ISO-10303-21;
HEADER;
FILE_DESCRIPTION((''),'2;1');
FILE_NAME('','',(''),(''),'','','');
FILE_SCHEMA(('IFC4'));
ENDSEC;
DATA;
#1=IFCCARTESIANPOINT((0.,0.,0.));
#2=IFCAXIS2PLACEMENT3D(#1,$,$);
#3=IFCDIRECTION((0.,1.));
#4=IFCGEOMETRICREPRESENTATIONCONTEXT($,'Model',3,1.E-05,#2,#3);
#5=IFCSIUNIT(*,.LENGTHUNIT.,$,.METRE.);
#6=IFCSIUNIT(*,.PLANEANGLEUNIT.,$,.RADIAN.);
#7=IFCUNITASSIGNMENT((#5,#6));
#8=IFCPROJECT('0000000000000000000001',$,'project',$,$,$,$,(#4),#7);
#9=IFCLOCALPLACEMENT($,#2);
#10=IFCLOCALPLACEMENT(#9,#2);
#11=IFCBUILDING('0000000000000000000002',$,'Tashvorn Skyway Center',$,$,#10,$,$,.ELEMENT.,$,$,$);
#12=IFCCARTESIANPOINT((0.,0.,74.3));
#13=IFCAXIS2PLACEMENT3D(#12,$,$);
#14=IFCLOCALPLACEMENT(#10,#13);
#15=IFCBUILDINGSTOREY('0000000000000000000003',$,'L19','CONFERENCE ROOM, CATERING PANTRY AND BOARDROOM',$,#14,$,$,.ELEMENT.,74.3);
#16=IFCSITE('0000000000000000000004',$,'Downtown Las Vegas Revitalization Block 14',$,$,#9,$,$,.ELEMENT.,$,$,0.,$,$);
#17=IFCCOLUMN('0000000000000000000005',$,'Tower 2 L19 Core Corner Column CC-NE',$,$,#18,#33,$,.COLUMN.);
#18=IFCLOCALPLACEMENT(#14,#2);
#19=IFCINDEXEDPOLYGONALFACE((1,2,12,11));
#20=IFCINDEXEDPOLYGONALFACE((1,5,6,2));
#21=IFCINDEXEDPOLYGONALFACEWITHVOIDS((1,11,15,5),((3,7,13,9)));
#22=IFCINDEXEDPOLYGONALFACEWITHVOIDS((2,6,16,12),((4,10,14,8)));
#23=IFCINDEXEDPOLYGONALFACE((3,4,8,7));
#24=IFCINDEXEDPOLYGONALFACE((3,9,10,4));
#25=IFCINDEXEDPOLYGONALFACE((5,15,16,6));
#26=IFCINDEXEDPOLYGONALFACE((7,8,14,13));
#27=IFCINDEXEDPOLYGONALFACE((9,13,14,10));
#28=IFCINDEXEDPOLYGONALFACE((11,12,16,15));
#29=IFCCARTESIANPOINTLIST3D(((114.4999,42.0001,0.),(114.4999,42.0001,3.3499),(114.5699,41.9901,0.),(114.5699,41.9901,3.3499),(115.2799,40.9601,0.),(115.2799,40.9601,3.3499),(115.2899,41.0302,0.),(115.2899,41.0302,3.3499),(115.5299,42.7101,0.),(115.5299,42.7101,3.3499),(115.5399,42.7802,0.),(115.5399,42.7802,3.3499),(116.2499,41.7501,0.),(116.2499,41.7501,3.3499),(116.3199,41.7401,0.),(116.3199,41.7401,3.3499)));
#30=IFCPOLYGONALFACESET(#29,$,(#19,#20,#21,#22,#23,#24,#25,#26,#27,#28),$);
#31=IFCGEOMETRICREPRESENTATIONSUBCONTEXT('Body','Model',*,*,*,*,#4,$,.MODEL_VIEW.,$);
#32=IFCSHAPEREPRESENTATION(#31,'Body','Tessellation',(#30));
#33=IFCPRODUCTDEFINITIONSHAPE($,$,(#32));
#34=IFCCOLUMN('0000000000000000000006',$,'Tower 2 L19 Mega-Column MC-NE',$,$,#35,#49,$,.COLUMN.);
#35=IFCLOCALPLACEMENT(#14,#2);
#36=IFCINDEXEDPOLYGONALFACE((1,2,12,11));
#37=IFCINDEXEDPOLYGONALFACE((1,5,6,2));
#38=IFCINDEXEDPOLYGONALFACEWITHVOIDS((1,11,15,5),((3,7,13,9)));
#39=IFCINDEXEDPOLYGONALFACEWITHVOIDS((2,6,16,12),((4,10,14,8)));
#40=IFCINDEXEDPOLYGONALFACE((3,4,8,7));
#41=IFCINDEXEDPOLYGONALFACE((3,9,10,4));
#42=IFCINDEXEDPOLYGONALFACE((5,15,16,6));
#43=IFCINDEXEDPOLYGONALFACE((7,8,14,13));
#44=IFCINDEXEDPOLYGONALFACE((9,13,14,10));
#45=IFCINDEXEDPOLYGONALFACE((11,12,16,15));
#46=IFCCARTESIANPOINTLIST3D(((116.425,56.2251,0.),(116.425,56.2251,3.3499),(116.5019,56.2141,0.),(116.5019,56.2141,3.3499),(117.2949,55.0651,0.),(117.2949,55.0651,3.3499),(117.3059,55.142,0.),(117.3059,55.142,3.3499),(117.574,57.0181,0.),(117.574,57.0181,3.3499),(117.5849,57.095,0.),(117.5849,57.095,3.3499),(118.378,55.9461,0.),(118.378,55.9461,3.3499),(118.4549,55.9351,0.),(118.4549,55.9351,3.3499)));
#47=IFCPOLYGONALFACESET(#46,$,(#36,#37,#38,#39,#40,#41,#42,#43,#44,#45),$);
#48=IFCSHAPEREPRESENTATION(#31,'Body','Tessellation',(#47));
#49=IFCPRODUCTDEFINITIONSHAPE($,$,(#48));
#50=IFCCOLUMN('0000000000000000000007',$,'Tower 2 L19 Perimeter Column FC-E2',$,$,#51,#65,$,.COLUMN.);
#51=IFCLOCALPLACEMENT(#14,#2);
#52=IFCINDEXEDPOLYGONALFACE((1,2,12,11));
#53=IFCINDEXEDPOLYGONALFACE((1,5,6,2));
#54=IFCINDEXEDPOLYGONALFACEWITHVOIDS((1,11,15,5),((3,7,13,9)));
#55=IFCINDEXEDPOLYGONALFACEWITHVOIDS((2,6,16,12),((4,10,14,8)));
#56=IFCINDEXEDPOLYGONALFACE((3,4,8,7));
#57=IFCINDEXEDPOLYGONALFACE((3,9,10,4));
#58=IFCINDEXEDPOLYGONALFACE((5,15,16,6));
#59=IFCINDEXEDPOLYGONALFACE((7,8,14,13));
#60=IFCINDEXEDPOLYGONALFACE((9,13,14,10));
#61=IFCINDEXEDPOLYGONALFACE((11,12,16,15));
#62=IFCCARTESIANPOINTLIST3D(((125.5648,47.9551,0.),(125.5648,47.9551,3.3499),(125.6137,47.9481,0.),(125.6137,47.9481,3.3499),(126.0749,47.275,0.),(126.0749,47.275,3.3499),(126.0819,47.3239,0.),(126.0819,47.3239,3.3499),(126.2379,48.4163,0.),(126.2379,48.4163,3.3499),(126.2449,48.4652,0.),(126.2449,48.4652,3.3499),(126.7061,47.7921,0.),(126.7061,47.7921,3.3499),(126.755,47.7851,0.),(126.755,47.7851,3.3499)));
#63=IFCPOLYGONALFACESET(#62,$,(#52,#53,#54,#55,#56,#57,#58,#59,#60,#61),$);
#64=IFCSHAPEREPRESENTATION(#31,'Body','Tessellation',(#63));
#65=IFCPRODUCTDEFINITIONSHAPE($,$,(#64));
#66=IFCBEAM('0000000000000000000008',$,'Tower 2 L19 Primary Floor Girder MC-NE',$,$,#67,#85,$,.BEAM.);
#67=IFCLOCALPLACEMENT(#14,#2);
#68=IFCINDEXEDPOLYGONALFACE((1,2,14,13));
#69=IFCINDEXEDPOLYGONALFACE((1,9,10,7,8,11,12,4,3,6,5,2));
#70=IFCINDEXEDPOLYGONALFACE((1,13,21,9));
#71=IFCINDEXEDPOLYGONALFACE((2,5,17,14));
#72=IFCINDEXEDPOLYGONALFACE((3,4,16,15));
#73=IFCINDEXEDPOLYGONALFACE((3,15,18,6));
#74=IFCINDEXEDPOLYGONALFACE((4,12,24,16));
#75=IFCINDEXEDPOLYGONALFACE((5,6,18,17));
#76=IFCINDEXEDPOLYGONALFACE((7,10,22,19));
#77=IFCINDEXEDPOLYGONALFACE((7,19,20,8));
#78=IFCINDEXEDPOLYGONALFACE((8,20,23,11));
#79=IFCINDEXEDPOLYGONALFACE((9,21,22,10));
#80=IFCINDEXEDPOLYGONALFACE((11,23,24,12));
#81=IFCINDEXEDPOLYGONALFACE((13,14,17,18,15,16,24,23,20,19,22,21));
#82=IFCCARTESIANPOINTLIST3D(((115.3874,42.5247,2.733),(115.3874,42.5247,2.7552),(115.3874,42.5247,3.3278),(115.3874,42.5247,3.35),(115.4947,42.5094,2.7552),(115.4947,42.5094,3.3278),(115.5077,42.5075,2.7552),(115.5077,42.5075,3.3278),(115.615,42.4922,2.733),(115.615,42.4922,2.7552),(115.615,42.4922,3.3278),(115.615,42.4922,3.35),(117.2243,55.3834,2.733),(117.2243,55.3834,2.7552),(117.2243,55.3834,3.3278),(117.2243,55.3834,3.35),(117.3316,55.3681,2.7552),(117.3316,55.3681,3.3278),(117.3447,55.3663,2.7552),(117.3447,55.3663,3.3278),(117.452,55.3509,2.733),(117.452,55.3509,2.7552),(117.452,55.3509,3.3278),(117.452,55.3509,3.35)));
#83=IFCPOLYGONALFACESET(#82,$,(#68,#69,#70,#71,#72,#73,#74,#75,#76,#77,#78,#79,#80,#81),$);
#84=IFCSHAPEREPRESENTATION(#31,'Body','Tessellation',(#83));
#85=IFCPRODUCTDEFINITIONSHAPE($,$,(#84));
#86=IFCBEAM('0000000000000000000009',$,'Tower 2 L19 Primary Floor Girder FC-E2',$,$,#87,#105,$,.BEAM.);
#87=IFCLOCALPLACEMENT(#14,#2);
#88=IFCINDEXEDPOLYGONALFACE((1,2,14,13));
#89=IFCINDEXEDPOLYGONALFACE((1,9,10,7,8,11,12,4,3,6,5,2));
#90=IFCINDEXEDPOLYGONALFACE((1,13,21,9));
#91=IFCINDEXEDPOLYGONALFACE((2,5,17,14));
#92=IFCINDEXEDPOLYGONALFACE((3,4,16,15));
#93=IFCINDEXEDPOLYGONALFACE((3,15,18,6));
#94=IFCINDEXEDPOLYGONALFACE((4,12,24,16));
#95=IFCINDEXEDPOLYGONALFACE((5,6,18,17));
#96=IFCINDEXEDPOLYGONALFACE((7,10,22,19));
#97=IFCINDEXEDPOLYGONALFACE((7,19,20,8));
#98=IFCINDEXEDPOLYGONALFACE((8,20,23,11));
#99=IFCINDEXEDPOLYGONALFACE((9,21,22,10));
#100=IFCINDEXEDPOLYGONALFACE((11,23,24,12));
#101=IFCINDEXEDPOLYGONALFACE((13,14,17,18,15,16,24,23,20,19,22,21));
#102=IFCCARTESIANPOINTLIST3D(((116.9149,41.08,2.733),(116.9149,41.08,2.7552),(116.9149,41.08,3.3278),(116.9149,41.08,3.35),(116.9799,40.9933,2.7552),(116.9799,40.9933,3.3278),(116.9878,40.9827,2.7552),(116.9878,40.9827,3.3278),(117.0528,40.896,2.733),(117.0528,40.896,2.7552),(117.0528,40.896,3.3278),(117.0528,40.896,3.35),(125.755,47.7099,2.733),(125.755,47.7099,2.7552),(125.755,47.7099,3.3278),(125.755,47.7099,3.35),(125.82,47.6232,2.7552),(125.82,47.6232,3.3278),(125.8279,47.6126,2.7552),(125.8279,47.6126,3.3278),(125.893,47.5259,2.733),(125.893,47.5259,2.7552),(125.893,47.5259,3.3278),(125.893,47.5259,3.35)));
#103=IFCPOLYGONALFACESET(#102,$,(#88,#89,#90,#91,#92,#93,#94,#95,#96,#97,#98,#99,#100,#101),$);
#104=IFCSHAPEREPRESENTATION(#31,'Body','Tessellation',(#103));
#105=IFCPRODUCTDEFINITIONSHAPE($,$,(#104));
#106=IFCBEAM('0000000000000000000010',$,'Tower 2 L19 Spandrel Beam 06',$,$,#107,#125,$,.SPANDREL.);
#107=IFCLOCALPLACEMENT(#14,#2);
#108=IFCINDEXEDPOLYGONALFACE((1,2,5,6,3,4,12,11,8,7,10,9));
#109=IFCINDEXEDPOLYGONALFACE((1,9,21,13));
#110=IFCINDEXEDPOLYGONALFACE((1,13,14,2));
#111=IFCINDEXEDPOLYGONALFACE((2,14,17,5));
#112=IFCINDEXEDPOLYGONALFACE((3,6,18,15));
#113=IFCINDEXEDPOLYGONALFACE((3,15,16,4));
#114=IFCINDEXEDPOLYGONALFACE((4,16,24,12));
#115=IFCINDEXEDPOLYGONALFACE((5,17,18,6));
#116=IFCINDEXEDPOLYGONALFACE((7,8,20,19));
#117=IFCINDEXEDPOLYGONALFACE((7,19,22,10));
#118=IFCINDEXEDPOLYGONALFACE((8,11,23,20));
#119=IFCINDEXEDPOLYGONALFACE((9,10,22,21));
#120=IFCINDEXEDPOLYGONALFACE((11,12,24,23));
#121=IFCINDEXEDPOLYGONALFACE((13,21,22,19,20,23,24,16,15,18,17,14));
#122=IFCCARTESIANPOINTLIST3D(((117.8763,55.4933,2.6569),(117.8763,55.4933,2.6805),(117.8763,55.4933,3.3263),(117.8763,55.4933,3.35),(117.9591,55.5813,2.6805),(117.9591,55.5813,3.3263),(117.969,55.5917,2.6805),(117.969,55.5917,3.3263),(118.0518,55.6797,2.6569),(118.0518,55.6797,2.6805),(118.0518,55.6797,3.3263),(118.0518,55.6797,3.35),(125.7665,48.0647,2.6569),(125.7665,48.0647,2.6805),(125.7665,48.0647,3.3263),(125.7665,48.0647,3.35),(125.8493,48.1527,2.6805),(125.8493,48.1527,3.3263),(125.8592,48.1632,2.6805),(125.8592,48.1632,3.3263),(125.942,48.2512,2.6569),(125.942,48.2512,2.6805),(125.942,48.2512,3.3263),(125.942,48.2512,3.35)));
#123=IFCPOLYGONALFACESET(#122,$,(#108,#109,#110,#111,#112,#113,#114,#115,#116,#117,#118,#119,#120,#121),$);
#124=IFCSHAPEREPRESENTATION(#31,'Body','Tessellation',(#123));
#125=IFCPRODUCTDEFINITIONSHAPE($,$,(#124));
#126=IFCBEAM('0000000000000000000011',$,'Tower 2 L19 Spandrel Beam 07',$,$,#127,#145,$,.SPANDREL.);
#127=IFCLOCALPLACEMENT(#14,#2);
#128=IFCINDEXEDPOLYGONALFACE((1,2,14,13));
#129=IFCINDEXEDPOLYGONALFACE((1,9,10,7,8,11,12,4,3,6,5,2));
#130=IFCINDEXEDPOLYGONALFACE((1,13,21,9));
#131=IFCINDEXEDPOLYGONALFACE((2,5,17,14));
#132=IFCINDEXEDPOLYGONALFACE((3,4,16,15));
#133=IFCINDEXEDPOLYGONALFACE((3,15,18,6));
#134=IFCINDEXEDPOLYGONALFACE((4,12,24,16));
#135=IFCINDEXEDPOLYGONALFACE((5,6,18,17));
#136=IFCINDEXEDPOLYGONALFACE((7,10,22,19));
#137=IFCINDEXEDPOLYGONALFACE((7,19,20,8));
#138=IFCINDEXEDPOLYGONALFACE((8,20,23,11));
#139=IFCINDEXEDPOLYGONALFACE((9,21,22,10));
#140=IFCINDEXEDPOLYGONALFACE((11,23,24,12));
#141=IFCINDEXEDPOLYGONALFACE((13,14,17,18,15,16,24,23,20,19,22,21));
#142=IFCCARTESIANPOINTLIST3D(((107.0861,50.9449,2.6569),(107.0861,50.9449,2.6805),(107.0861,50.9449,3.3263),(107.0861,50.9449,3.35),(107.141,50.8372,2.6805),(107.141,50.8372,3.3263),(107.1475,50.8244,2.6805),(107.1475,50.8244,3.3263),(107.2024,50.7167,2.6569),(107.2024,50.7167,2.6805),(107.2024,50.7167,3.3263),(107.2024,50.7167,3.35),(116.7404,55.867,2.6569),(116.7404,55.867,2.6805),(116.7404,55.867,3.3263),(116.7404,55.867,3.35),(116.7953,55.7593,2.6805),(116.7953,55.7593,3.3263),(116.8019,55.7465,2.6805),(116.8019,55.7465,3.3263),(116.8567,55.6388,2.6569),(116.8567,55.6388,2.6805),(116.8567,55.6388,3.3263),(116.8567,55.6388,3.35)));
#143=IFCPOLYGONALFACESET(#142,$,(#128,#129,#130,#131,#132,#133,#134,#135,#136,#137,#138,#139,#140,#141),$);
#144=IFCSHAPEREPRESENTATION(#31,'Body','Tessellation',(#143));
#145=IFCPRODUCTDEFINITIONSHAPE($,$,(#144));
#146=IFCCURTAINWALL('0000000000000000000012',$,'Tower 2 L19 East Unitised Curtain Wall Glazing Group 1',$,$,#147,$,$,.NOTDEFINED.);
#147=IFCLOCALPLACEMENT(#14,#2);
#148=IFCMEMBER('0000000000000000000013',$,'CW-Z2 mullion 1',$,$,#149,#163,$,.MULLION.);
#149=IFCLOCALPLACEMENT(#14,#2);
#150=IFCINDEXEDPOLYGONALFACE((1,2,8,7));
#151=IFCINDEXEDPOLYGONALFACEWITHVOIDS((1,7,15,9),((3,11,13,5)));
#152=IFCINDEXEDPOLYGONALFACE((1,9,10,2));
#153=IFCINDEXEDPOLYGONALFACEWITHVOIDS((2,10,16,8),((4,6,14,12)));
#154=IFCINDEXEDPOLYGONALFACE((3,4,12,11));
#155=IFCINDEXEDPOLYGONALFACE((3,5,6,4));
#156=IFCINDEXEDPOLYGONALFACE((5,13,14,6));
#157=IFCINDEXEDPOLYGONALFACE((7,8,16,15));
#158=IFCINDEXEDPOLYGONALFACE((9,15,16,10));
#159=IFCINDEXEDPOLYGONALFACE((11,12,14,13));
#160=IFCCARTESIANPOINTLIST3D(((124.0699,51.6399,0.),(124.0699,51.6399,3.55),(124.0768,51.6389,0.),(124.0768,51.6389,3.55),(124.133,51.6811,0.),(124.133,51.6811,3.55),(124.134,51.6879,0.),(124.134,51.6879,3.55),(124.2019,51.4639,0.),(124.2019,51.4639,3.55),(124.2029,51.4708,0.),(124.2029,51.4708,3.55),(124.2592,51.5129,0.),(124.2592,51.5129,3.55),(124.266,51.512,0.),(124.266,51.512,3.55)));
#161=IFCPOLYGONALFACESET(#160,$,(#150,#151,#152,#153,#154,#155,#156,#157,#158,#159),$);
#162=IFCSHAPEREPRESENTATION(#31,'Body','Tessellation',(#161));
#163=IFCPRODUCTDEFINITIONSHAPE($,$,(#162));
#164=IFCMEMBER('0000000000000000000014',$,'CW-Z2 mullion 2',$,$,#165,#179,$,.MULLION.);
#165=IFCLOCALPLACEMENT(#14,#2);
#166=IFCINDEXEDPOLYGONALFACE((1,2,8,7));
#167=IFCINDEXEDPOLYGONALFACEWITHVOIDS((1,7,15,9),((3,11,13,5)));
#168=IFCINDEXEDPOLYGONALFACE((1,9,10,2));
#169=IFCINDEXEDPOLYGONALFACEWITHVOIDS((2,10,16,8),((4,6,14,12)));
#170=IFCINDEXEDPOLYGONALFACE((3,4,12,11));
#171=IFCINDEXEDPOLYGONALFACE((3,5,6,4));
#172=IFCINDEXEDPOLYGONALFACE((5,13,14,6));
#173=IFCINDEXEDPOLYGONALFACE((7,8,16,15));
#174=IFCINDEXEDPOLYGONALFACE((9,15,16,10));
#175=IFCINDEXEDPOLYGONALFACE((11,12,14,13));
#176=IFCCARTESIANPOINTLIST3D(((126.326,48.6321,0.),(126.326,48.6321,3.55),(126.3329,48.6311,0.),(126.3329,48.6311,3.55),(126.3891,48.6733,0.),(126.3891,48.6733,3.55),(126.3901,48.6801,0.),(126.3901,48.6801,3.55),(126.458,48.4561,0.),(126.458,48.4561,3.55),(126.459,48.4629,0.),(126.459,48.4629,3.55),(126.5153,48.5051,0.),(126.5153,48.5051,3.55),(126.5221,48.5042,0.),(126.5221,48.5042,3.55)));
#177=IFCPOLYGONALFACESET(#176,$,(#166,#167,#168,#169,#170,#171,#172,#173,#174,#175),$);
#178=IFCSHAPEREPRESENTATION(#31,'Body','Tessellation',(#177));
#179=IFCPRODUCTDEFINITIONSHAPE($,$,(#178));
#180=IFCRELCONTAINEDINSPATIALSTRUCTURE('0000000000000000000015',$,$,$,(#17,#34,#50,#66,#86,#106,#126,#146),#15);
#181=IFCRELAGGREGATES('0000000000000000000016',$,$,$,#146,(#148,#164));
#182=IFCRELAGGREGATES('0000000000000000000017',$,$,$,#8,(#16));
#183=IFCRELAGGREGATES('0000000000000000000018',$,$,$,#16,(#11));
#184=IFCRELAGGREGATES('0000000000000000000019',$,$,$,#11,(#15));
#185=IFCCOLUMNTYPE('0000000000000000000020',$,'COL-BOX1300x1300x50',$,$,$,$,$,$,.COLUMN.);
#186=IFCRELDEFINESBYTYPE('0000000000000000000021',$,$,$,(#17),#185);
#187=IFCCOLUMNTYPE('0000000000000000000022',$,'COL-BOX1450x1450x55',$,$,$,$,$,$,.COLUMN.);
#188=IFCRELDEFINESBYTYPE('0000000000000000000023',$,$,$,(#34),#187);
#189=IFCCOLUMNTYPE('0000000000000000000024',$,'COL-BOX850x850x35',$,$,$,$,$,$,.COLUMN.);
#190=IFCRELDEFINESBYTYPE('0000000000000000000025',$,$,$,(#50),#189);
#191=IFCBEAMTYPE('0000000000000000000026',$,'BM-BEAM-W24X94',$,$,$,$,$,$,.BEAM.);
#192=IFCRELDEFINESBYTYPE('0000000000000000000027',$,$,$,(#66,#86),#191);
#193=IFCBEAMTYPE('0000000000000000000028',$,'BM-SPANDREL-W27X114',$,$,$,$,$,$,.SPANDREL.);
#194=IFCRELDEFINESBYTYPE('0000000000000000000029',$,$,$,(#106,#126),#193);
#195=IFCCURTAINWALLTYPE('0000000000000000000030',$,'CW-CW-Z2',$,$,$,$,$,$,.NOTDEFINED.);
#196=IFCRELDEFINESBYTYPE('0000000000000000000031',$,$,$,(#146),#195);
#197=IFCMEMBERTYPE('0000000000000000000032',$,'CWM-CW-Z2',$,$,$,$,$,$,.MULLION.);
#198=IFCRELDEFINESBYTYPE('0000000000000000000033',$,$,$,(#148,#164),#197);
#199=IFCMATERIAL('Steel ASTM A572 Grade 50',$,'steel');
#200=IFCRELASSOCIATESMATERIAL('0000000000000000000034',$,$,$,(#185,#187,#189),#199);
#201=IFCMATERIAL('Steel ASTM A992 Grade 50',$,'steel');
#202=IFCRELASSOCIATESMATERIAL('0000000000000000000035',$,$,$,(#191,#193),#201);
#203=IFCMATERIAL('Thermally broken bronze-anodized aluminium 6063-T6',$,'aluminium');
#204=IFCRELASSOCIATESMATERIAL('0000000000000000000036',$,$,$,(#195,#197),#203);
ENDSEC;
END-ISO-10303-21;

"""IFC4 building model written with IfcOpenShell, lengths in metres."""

from ifc_helpers import new_model, si_unit, direction, frame, origin, origin_2d, place, context, subcontext, project, spatial, hollow_rectangle, i_section, extrude, material, material_profile, profile_set, type_object, element, aggregate, save


model = new_model("IFC4")

# Units and contexts
model_context = context("Model", 3, precision=1e-05, world=origin(), true_north=direction((0.0, 1.0)))
body_context = subcontext(model_context, "Body", "Model", "MODEL_VIEW")
ifc_project = project(units=[si_unit("LENGTHUNIT", "METRE"), si_unit("PLANEANGLEUNIT", "RADIAN")], contexts=[model_context])

# Site, building, storey
site_placement = place(None, origin())
site = spatial("IfcSite", under=ifc_project, at=site_placement, Name="Downtown Las Vegas Revitalization Block 14", CompositionType="ELEMENT", RefElevation=0.0)
building_placement = place(site_placement, origin())
building = spatial("IfcBuilding", under=site, at=building_placement, Name="Tashvorn Skyway Center", CompositionType="ELEMENT")
storey_placement = place(building_placement, frame((0.0, 0.0, 74.3)))
storey = spatial("IfcBuildingStorey", under=building, at=storey_placement, Name="L19", Description="CONFERENCE ROOM, CATERING PANTRY AND BOARDROOM", CompositionType="ELEMENT", Elevation=74.3)

# Columns
ifc_material_1 = material(Name="Steel ASTM A572 Grade 50", Category="steel")
ifc_material_profile_1 = material_profile(ifc_material_1, hollow_rectangle(XDim=1.3, YDim=1.3, WallThickness=0.05, at=origin_2d()), Name="BOX1300x1300x50")
ifc_profile_set_1 = profile_set([ifc_material_profile_1], Name="Steel ASTM A572 Grade 50")
column_type_1 = type_object("IfcColumnType", Name="COL-BOX1300x1300x50", PredefinedType="COLUMN", material=ifc_profile_set_1)
column_1_placement = place(storey_placement, frame((115.4099, 41.8701, 0.0), z_axis=(0.0, 0.0, 1.0), x_axis=(0.8, 0.6, 0.0)))
element("IfcColumn", 1, at=column_1_placement, inside=storey, type_object=column_type_1, Name="Tower 2 L19 Core Corner Column CC-NE", PredefinedType="COLUMN", context=body_context, shape_type="SweptSolid", body=[
    extrude(hollow_rectangle(XDim=1.3, YDim=1.3, WallThickness=0.05, at=origin_2d()), origin(), (0.0, 0.0, 1.0), 3.3499),
])
ifc_material_profile_2 = material_profile(ifc_material_1, hollow_rectangle(XDim=1.45, YDim=1.45, WallThickness=0.0549, at=origin_2d()), Name="BOX1450x1450x55")
ifc_profile_set_2 = profile_set([ifc_material_profile_2], Name="Steel ASTM A572 Grade 50")
column_type_2 = type_object("IfcColumnType", Name="COL-BOX1450x1450x55", PredefinedType="COLUMN", material=ifc_profile_set_2)
column_2_placement = place(storey_placement, frame((117.4399, 56.0801, 0.0), z_axis=(0.0, 0.0, 1.0), x_axis=(0.8, 0.6, 0.0)))
element("IfcColumn", 2, at=column_2_placement, inside=storey, type_object=column_type_2, Name="Tower 2 L19 Mega-Column MC-NE", PredefinedType="COLUMN", context=body_context, shape_type="SweptSolid", body=[
    extrude(hollow_rectangle(XDim=1.45, YDim=1.45, WallThickness=0.0549, at=origin_2d()), origin(), (0.0, 0.0, 1.0), 3.3499),
])
ifc_material_profile_3 = material_profile(ifc_material_1, hollow_rectangle(XDim=0.8501, YDim=0.8501, WallThickness=0.0349, at=origin_2d()), Name="BOX850x850x35")
ifc_profile_set_3 = profile_set([ifc_material_profile_3], Name="Steel ASTM A572 Grade 50")
column_type_3 = type_object("IfcColumnType", Name="COL-BOX850x850x35", PredefinedType="COLUMN", material=ifc_profile_set_3)
column_3_placement = place(storey_placement, frame((126.1599, 47.8701, 0.0), z_axis=(0.0, 0.0, 1.0), x_axis=(0.8, 0.6, 0.0)))
element("IfcColumn", 3, at=column_3_placement, inside=storey, type_object=column_type_3, Name="Tower 2 L19 Perimeter Column FC-E2", PredefinedType="COLUMN", context=body_context, shape_type="SweptSolid", body=[
    extrude(hollow_rectangle(XDim=0.8501, YDim=0.8501, WallThickness=0.0349, at=origin_2d()), origin(), (0.0, 0.0, 1.0), 3.3499),
])

# Beams
ifc_material_2 = material(Name="Steel ASTM A992 Grade 50", Category="steel")
ifc_material_profile_4 = material_profile(ifc_material_2, i_section(OverallWidth=0.23, OverallDepth=0.6169, WebThickness=0.0132, FlangeThickness=0.0222, at=origin_2d()), Name="W24X94")
ifc_profile_set_4 = profile_set([ifc_material_profile_4], Name="Steel ASTM A992 Grade 50")
beam_type_1 = type_object("IfcBeamType", Name="BM-BEAM-W24X94", PredefinedType="BEAM", material=ifc_profile_set_4)
beam_1_placement = place(storey_placement, frame((117.3381, 55.3672, 3.0415), z_axis=(-0.141419, -0.98995, 0.0), x_axis=(0.98995, -0.141419, 0.0)))
element("IfcBeam", 4, at=beam_1_placement, inside=storey, type_object=beam_type_1, Name="Tower 2 L19 Primary Floor Girder MC-NE", PredefinedType="BEAM", context=body_context, shape_type="SweptSolid", body=[
    extrude(i_section(OverallWidth=0.23, OverallDepth=0.6169, WebThickness=0.0132, FlangeThickness=0.0222, at=origin_2d()), origin(), (0.0, 0.0, 1.0), 12.9893),
])
beam_2_placement = place(storey_placement, frame((125.824, 47.6179, 3.0415), z_axis=(-0.800008, -0.599989, 0.0), x_axis=(0.599989, -0.800008, 0.0)))
element("IfcBeam", 5, at=beam_2_placement, inside=storey, type_object=beam_type_1, Name="Tower 2 L19 Primary Floor Girder FC-E2", PredefinedType="BEAM", context=body_context, shape_type="SweptSolid", body=[
    extrude(i_section(OverallWidth=0.23, OverallDepth=0.6169, WebThickness=0.0132, FlangeThickness=0.0222, at=origin_2d()), origin(), (0.0, 0.0, 1.0), 11.05),
])
ifc_material_profile_5 = material_profile(ifc_material_2, i_section(OverallWidth=0.2561, OverallDepth=0.6931, WebThickness=0.0144, FlangeThickness=0.0237, at=origin_2d()), Name="W27X114")
ifc_profile_set_5 = profile_set([ifc_material_profile_5], Name="Steel ASTM A992 Grade 50")
beam_type_2 = type_object("IfcBeamType", Name="BM-SPANDREL-W27X114", PredefinedType="SPANDREL", material=ifc_profile_set_5)
beam_3_placement = place(storey_placement, frame((125.8542, 48.158, 3.0034), z_axis=(-0.728087, 0.685485, 0.0), x_axis=(-0.685485, -0.728087, 0.0)))
element("IfcBeam", 6, at=beam_3_placement, inside=storey, type_object=beam_type_2, Name="Tower 2 L19 Spandrel Beam 06", PredefinedType="SPANDREL", context=body_context, shape_type="SweptSolid", body=[
    extrude(i_section(OverallWidth=0.2561, OverallDepth=0.6931, WebThickness=0.0144, FlangeThickness=0.0237, at=origin_2d()), origin(), (0.0, 0.0, 1.0), 10.8369),
])
beam_4_placement = place(storey_placement, frame((116.7986, 55.7529, 3.0034), z_axis=(-0.890894, -0.454211, 0.0), x_axis=(0.454211, -0.890894, 0.0)))
element("IfcBeam", 7, at=beam_4_placement, inside=storey, type_object=beam_type_2, Name="Tower 2 L19 Spandrel Beam 07", PredefinedType="SPANDREL", context=body_context, shape_type="SweptSolid", body=[
    extrude(i_section(OverallWidth=0.2561, OverallDepth=0.6931, WebThickness=0.0144, FlangeThickness=0.0237, at=origin_2d()), origin(), (0.0, 0.0, 1.0), 10.8367),
])

# Curtain wall, members
ifc_material_3 = material(Name="Thermally broken bronze-anodized aluminium 6063-T6", Category="aluminium")
curtain_wall_type = type_object("IfcCurtainWallType", Name="CW-CW-Z2", PredefinedType="NOTDEFINED", material=ifc_material_3)
curtain_wall_1_placement = place(storey_placement, origin())
curtain_wall_1 = element("IfcCurtainWall", 8, at=curtain_wall_1_placement, inside=storey, type_object=curtain_wall_type, Name="Tower 2 L19 East Unitised Curtain Wall Glazing Group 1", PredefinedType="NOTDEFINED")
ifc_material_profile_6 = material_profile(ifc_material_3, hollow_rectangle(XDim=0.0801, YDim=0.22, WallThickness=0.0049, at=origin_2d()), Name="ALU-MULL-80x220")
ifc_profile_set_6 = profile_set([ifc_material_profile_6], Name="Thermally broken bronze-anodized aluminium 6063-T6")
member_type_1 = type_object("IfcMemberType", Name="CWM-CW-Z2", PredefinedType="MULLION", material=ifc_profile_set_6)
member_1_placement = place(storey_placement, frame((124.168, 51.5759, 0.0), z_axis=(0.0, 0.0, 1.0), x_axis=(0.8, 0.6, 0.0)))
member_1 = element("IfcMember", 9, at=member_1_placement, type_object=member_type_1, Name="CW-Z2 mullion 1", PredefinedType="MULLION", context=body_context, shape_type="SweptSolid", body=[
    extrude(hollow_rectangle(XDim=0.0801, YDim=0.22, WallThickness=0.0049, at=origin_2d()), origin(), (0.0, 0.0, 1.0), 3.55),
])
member_2_placement = place(storey_placement, frame((126.4241, 48.5681, 0.0), z_axis=(0.0, 0.0, 1.0), x_axis=(0.8, 0.6, 0.0)))
member_2 = element("IfcMember", 10, at=member_2_placement, type_object=member_type_1, Name="CW-Z2 mullion 2", PredefinedType="MULLION", context=body_context, shape_type="SweptSolid", body=[
    extrude(hollow_rectangle(XDim=0.0801, YDim=0.22, WallThickness=0.0049, at=origin_2d()), origin(), (0.0, 0.0, 1.0), 3.55),
])

aggregate(curtain_wall_1, [member_1, member_2])

save(model, "model.ifc")
